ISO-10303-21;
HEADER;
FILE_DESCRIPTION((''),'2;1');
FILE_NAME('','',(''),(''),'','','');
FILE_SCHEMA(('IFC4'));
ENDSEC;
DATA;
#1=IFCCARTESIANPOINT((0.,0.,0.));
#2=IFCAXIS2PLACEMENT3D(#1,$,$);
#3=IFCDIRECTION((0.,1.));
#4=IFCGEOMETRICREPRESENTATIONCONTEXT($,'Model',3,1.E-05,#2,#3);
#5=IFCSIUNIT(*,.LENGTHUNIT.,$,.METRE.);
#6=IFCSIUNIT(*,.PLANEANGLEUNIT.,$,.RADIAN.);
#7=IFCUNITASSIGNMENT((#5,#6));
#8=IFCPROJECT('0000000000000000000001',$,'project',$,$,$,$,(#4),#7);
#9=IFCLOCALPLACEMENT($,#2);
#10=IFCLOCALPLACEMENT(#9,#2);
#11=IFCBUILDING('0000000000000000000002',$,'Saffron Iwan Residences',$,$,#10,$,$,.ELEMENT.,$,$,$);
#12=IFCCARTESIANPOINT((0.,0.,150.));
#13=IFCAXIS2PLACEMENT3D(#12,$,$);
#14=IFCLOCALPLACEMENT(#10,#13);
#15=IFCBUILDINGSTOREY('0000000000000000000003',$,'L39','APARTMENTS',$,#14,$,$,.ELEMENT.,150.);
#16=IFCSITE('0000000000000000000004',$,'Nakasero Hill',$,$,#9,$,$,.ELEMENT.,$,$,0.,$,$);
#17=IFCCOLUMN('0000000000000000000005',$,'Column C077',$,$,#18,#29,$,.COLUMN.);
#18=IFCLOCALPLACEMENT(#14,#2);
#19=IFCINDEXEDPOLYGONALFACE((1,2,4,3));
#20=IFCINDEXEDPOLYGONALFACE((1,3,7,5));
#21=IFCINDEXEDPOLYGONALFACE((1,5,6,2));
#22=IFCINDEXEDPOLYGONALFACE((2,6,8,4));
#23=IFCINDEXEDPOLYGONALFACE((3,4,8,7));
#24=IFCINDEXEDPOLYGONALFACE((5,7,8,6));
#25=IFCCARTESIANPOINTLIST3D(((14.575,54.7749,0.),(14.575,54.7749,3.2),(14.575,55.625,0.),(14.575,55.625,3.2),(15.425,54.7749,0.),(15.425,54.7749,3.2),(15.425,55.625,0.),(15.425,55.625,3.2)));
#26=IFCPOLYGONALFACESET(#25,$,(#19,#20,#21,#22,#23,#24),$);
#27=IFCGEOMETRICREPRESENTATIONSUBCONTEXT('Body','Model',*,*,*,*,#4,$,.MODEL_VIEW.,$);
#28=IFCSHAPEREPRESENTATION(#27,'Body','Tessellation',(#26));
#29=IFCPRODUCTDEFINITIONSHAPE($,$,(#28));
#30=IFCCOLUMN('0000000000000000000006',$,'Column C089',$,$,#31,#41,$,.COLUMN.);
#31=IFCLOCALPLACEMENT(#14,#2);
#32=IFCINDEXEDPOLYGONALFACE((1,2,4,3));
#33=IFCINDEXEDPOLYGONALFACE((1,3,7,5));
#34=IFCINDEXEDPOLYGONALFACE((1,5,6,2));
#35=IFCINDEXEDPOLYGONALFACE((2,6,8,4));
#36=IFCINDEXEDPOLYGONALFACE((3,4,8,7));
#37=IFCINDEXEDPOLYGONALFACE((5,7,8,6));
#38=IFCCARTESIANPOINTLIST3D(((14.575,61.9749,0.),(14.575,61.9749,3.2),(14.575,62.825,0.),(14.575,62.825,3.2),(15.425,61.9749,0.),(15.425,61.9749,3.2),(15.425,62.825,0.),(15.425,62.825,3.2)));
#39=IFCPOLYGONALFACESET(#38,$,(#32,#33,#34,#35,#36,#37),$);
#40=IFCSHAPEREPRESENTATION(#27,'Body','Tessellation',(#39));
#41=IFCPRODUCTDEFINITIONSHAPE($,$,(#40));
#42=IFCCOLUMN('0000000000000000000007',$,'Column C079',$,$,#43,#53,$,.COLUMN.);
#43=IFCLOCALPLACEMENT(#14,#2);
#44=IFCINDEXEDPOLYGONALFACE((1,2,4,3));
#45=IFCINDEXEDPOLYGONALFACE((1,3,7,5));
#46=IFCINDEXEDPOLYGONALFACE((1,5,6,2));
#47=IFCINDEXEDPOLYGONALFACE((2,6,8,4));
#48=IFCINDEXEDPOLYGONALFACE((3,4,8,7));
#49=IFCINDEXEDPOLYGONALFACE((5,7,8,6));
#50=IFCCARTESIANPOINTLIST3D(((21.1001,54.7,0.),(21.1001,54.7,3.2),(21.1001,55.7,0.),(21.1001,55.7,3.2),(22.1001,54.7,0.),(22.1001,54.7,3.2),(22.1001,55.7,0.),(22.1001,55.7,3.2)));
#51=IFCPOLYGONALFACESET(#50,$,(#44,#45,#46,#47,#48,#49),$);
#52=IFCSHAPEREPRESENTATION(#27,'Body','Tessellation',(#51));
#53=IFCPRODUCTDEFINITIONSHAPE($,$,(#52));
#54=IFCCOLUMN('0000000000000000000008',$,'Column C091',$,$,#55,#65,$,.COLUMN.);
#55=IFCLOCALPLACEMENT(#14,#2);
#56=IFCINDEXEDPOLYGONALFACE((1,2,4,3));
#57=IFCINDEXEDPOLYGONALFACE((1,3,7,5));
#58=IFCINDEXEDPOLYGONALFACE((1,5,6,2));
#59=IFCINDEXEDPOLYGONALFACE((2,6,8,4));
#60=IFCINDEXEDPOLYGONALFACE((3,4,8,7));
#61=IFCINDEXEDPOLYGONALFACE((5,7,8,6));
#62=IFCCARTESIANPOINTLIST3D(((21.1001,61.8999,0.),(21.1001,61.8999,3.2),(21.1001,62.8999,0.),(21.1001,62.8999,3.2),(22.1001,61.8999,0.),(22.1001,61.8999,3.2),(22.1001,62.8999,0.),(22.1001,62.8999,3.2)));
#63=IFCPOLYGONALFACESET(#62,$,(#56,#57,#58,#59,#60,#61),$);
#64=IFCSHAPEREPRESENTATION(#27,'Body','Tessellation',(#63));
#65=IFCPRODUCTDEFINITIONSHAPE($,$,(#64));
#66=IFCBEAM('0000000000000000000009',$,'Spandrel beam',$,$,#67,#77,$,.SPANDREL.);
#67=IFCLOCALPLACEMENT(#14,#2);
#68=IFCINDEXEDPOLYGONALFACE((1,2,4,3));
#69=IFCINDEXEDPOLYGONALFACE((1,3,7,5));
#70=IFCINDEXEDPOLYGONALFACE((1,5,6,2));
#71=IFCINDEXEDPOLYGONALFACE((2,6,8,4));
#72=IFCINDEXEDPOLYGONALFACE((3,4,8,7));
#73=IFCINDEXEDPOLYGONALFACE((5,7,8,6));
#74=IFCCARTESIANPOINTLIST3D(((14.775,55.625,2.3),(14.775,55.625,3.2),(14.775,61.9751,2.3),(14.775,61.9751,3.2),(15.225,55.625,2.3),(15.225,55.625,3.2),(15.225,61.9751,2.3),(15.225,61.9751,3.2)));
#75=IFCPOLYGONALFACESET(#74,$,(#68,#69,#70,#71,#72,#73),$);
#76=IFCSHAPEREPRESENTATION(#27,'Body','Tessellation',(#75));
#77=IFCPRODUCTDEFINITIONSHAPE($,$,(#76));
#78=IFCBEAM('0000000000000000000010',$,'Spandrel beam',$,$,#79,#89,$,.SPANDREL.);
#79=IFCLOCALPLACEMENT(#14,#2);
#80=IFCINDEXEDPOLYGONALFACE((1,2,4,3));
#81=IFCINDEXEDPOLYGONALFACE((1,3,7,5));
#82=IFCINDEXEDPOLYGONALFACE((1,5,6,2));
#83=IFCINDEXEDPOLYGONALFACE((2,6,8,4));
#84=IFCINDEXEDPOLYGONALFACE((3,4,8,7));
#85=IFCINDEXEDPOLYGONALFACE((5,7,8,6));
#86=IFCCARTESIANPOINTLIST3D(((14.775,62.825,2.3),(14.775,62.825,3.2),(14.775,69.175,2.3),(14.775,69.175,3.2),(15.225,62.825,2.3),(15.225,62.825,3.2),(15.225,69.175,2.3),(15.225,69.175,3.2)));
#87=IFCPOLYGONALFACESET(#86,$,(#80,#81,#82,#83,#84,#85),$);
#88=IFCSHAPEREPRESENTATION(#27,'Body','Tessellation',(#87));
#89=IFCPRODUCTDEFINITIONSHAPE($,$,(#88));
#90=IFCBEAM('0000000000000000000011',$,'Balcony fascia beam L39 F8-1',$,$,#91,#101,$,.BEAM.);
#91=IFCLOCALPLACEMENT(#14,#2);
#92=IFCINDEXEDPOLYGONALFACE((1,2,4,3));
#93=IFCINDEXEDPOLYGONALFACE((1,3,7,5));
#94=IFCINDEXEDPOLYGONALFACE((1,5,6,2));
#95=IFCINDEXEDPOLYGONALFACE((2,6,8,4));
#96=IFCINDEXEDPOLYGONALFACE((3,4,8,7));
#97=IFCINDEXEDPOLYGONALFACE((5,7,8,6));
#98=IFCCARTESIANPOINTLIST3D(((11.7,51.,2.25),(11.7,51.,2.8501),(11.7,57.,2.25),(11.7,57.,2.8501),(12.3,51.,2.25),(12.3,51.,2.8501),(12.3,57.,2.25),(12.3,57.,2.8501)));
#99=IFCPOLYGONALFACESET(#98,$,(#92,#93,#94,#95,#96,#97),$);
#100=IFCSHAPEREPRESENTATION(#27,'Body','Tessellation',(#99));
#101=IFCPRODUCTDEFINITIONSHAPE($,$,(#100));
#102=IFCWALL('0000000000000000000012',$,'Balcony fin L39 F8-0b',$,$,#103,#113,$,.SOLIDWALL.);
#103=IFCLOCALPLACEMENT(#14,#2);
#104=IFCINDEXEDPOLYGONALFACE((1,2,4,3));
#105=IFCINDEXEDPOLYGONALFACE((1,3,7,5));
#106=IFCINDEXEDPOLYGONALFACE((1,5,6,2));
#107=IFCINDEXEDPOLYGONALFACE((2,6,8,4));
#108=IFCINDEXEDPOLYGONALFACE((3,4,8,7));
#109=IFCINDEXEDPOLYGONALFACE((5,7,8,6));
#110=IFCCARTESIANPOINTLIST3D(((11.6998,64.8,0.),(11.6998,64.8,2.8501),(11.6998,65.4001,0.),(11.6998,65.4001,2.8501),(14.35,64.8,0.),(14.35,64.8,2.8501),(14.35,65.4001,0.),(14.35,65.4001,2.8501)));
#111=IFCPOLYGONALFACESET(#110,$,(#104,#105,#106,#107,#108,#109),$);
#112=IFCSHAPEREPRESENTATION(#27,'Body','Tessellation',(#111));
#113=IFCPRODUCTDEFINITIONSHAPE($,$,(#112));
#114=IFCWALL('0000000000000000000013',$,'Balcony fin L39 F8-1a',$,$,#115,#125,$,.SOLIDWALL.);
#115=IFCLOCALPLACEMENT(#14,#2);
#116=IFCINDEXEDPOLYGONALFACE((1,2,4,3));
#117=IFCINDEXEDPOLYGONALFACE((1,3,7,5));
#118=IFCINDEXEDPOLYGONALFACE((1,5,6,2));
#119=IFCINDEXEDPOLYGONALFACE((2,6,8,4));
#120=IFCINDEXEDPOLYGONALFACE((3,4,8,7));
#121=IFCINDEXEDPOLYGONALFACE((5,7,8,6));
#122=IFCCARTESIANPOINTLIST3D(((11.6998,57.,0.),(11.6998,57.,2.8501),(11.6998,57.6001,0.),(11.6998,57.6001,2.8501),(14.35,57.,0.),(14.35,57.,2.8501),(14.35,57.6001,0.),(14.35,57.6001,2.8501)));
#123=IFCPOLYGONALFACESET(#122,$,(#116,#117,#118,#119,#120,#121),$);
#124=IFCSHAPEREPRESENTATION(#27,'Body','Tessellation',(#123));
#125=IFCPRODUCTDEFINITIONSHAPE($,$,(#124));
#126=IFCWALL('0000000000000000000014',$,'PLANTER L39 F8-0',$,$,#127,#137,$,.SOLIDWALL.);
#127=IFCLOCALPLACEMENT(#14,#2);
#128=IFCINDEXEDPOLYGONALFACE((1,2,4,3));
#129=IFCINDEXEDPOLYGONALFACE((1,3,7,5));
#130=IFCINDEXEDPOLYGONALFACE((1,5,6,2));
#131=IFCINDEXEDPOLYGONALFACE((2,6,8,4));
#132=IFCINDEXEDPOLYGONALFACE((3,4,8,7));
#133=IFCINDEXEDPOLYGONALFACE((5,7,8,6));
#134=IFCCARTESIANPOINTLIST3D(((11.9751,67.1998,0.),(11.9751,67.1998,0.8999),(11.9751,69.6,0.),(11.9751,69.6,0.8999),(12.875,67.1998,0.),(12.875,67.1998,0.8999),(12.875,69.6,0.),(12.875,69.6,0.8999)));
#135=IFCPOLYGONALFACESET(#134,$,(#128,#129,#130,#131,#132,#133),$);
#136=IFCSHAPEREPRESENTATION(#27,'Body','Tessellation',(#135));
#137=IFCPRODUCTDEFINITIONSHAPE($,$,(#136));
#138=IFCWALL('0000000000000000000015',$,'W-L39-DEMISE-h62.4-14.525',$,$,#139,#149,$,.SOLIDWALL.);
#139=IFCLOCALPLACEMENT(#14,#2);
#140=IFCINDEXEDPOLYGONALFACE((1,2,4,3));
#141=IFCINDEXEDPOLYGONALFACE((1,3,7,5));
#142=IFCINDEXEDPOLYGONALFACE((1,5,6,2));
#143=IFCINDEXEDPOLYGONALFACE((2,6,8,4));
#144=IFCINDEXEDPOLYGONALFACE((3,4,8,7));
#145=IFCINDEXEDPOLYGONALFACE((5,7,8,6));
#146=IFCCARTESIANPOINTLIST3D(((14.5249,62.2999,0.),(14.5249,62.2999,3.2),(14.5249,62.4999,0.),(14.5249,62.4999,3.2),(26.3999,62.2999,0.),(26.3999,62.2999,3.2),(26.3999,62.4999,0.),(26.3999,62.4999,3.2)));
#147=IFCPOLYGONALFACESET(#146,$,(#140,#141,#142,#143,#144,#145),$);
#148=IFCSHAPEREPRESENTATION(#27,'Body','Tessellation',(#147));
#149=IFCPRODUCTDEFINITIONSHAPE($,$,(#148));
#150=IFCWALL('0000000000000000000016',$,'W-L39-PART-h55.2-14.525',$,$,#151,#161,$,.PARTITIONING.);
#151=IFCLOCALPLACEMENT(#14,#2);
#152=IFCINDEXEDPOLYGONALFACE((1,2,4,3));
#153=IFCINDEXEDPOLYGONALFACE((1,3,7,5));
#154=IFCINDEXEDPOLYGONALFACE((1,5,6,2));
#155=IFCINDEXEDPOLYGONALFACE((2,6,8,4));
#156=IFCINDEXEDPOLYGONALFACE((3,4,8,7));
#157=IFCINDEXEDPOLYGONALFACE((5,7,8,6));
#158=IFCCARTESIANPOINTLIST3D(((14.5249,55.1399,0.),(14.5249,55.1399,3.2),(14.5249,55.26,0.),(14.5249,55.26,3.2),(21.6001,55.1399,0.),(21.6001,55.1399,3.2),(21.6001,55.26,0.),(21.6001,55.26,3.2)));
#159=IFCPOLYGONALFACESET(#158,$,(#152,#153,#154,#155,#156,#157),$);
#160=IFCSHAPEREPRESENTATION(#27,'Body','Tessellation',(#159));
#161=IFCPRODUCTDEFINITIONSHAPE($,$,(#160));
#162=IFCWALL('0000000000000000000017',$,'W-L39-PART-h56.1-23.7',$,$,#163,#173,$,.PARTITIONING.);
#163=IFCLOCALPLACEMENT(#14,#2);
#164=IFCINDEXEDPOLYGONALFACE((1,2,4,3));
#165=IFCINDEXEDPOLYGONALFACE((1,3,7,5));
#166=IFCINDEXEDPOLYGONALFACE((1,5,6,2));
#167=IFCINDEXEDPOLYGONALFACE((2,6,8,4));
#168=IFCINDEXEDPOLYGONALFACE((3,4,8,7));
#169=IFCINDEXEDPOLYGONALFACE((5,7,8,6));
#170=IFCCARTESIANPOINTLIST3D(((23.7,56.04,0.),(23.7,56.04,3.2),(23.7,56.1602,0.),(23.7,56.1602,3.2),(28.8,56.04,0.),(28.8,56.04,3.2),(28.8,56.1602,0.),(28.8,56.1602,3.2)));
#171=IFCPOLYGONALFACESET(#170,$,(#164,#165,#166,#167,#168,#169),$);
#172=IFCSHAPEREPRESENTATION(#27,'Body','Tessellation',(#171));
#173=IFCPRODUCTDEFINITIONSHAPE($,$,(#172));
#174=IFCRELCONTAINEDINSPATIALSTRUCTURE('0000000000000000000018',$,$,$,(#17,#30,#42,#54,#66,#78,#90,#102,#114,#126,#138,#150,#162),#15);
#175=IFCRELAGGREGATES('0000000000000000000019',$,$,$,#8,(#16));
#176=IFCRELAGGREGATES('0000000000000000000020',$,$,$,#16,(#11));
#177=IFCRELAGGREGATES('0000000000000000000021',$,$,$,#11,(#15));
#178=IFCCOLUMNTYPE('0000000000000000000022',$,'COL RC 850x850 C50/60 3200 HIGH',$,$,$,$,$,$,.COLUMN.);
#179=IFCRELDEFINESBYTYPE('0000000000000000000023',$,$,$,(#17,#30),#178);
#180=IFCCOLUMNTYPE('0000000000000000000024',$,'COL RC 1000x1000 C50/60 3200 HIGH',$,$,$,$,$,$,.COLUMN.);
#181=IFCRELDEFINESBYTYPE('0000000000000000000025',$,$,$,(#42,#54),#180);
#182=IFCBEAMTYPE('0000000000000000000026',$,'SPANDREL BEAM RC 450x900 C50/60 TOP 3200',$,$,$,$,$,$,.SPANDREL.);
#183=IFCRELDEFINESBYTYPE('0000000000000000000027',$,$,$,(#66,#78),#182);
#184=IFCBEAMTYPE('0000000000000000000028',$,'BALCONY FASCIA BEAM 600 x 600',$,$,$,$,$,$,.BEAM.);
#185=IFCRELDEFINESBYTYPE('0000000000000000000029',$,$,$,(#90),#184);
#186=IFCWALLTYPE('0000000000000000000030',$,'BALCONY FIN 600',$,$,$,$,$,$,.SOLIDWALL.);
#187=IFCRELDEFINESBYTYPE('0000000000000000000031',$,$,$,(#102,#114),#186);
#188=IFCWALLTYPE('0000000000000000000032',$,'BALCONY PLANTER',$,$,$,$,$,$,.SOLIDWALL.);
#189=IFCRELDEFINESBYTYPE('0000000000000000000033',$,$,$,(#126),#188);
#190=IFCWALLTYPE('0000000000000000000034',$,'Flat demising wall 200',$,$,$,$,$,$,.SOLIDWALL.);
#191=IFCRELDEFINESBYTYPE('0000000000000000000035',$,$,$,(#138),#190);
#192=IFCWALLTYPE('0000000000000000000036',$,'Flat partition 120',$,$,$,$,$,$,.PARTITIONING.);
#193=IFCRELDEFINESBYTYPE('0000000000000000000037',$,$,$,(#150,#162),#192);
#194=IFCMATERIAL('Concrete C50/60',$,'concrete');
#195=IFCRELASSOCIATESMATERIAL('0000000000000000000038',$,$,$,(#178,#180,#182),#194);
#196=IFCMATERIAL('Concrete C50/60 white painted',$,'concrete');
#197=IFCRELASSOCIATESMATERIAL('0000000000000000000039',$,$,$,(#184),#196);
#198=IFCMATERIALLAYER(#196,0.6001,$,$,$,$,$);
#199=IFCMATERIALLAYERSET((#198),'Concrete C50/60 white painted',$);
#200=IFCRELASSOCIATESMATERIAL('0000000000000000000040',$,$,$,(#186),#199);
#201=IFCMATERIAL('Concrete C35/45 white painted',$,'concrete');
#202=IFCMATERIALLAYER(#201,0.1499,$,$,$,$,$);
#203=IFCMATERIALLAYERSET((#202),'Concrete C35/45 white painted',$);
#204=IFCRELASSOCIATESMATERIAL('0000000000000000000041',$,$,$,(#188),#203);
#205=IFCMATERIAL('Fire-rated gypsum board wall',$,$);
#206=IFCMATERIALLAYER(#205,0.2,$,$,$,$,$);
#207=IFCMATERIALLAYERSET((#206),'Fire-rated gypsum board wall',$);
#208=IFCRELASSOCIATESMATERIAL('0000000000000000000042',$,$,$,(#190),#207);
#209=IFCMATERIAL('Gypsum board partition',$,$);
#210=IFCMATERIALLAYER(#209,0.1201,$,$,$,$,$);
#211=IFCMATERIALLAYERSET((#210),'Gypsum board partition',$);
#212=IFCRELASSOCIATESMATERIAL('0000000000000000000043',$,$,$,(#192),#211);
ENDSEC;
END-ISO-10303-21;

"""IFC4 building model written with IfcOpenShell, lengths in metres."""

from ifc_helpers import new_model, si_unit, direction, frame, frame_2d, origin, origin_2d, place, context, subcontext, project, spatial, rectangle, extrude, source, transform, mapped, material, layer, layer_set, material_profile, profile_set, type_object, element, save


model = new_model("IFC4")

# Units and contexts
model_context = context("Model", 3, precision=1e-05, world=origin(), true_north=direction((0.0, 1.0)))
body_context = subcontext(model_context, "Body", "Model", "MODEL_VIEW")
ifc_project = project(units=[si_unit("LENGTHUNIT", "METRE"), si_unit("PLANEANGLEUNIT", "RADIAN")], contexts=[model_context])

# Site, building, storey
site_placement = place(None, origin())
site = spatial("IfcSite", under=ifc_project, at=site_placement, Name="Nakasero Hill", CompositionType="ELEMENT", RefElevation=0.0)
building_placement = place(site_placement, origin())
building = spatial("IfcBuilding", under=site, at=building_placement, Name="Saffron Iwan Residences", CompositionType="ELEMENT")
storey_placement = place(building_placement, frame((0.0, 0.0, 150.0)))
storey = spatial("IfcBuildingStorey", under=building, at=storey_placement, Name="L39", Description="APARTMENTS", CompositionType="ELEMENT", Elevation=150.0)

# Columns
ifc_material_1 = material(Name="Concrete C50/60", Category="concrete")
ifc_material_profile_1 = material_profile(ifc_material_1, rectangle(XDim=0.8501, YDim=0.8501, at=origin_2d()), Name="RC 850x850")
ifc_profile_set_1 = profile_set([ifc_material_profile_1], Name="Concrete C50/60")
column_type_1 = type_object("IfcColumnType", Name="COL RC 850x850 C50/60 3200 HIGH", PredefinedType="COLUMN", material=ifc_profile_set_1)
shared_shape_1 = source(origin(), body_context, "Body", "SweptSolid", [
    extrude(rectangle(XDim=0.8501, YDim=0.8501, at=origin_2d()), origin(), (0.0, 0.0, 1.0), 3.2),
])
for number, where, z_axis, x_axis, name in (
    (1, (15.0, 55.2, 0.0), (0.0, 0.0, 1.0), (1.0, 0.0, 0.0), "Column C077"),
    (2, (15.0, 62.3999, 0.0), (0.0, 0.0, 1.0), (1.0, 0.0, 0.0), "Column C089"),
):
    element("IfcColumn", number, at=place(storey_placement, frame(where, z_axis=z_axis, x_axis=x_axis)), inside=storey, type_object=column_type_1, Name=name, PredefinedType="COLUMN", context=body_context, shape_type="MappedRepresentation", body=[
        mapped(shared_shape_1, transform((0.0, 0.0, 0.0))),
    ])
ifc_material_profile_2 = material_profile(ifc_material_1, rectangle(XDim=1.0, YDim=1.0, at=origin_2d()), Name="RC 1000x1000")
ifc_profile_set_2 = profile_set([ifc_material_profile_2], Name="Concrete C50/60")
column_type_2 = type_object("IfcColumnType", Name="COL RC 1000x1000 C50/60 3200 HIGH", PredefinedType="COLUMN", material=ifc_profile_set_2)
shared_shape_2 = source(origin(), body_context, "Body", "SweptSolid", [
    extrude(rectangle(XDim=1.0, YDim=1.0, at=origin_2d()), origin(), (0.0, 0.0, 1.0), 3.2),
])
for number, where, z_axis, x_axis, name in (
    (3, (21.6001, 55.2, 0.0), (0.0, 0.0, 1.0), (1.0, 0.0, 0.0), "Column C079"),
    (4, (21.6001, 62.3999, 0.0), (0.0, 0.0, 1.0), (1.0, 0.0, 0.0), "Column C091"),
):
    element("IfcColumn", number, at=place(storey_placement, frame(where, z_axis=z_axis, x_axis=x_axis)), inside=storey, type_object=column_type_2, Name=name, PredefinedType="COLUMN", context=body_context, shape_type="MappedRepresentation", body=[
        mapped(shared_shape_2, transform((0.0, 0.0, 0.0))),
    ])

# Beams
ifc_material_profile_3 = material_profile(ifc_material_1, rectangle(XDim=0.45, YDim=0.8999, at=origin_2d()), Name="RC 450x900")
ifc_profile_set_3 = profile_set([ifc_material_profile_3], Name="Concrete C50/60")
beam_type_1 = type_object("IfcBeamType", Name="SPANDREL BEAM RC 450x900 C50/60 TOP 3200", PredefinedType="SPANDREL", material=ifc_profile_set_3)
shared_shape_3 = source(origin(), body_context, "Body", "SweptSolid", [
    extrude(rectangle(XDim=0.45, YDim=0.8999, at=origin_2d()), origin(), (0.0, 0.0, 1.0), 6.3501),
])
for number, where, z_axis, x_axis, name in (
    (5, (15.0, 55.625, 2.75), (0.0, 1.0, 0.0), (-1.0, 0.0, 0.0), "Spandrel beam"),
    (6, (15.0, 62.825, 2.75), (0.0, 1.0, 0.0), (-1.0, 0.0, 0.0), "Spandrel beam"),
):
    element("IfcBeam", number, at=place(storey_placement, frame(where, z_axis=z_axis, x_axis=x_axis)), inside=storey, type_object=beam_type_1, Name=name, PredefinedType="SPANDREL", context=body_context, shape_type="MappedRepresentation", body=[
        mapped(shared_shape_3, transform((0.0, 0.0, 0.0))),
    ])
ifc_material_2 = material(Name="Concrete C50/60 white painted", Category="concrete")
ifc_material_profile_4 = material_profile(ifc_material_2, rectangle(XDim=0.6001, YDim=0.6001, at=origin_2d()), Name="BALCONY FASCIA BEAM 600 x 600")
ifc_profile_set_4 = profile_set([ifc_material_profile_4], Name="Concrete C50/60 white painted")
beam_type_2 = type_object("IfcBeamType", Name="BALCONY FASCIA BEAM 600 x 600", PredefinedType="BEAM", material=ifc_profile_set_4)
shared_shape_4 = source(origin(), body_context, "Body", "SweptSolid", [
    extrude(rectangle(XDim=0.6001, YDim=0.6001, at=origin_2d()), origin(), (0.0, 0.0, 1.0), 6.0),
])
beam_placement = place(storey_placement, frame((12.0, 57.0, 2.55), z_axis=(0.0, -1.0, 0.0), x_axis=(1.0, 0.0, 0.0)))
element("IfcBeam", 7, at=beam_placement, inside=storey, type_object=beam_type_2, Name="Balcony fascia beam L39 F8-1", PredefinedType="BEAM", context=body_context, shape_type="MappedRepresentation", body=[
    mapped(shared_shape_4, transform((0.0, 0.0, 0.0))),
])

# Walls
ifc_layer_1 = layer(ifc_material_2, 0.6001)
ifc_layer_set_1 = layer_set([ifc_layer_1], Name="Concrete C50/60 white painted")
wall_type_1 = type_object("IfcWallType", Name="BALCONY FIN 600", PredefinedType="SOLIDWALL", material=ifc_layer_set_1)
for number, where, z_axis, x_axis, name in (
    (8, (14.3501, 65.1001, 0.0), (0.0, 0.0, 1.0), (-1.0, 0.0, 0.0), "Balcony fin L39 F8-0b"),
    (9, (14.3501, 57.3, 0.0), (0.0, 0.0, 1.0), (-1.0, 0.0, 0.0), "Balcony fin L39 F8-1a"),
):
    element("IfcWall", number, at=place(storey_placement, frame(where, z_axis=z_axis, x_axis=x_axis)), inside=storey, type_object=wall_type_1, Name=name, PredefinedType="SOLIDWALL", context=body_context, shape_type="SweptSolid", body=[
        extrude(rectangle(XDim=2.6501, YDim=0.6001, at=frame_2d((1.3252, 0.0))), origin(), (0.0, 0.0, 1.0), 2.8501),
    ])
ifc_material_3 = material(Name="Concrete C35/45 white painted", Category="concrete")
ifc_layer_2 = layer(ifc_material_3, 0.1499)
ifc_layer_set_2 = layer_set([ifc_layer_2], Name="Concrete C35/45 white painted")
wall_type_2 = type_object("IfcWallType", Name="BALCONY PLANTER", PredefinedType="SOLIDWALL", material=ifc_layer_set_2)
wall_1_placement = place(storey_placement, frame((12.425, 69.6001, 0.0), z_axis=(0.0, 0.0, 1.0), x_axis=(0.0, -1.0, 0.0)))
element("IfcWall", 10, at=wall_1_placement, inside=storey, type_object=wall_type_2, Name="PLANTER L39 F8-0", PredefinedType="SOLIDWALL", context=body_context, shape_type="SweptSolid", body=[
    extrude(rectangle(XDim=2.4001, YDim=0.8999, at=frame_2d((1.2002, 0.0))), origin(), (0.0, 0.0, 1.0), 0.8999),
])
ifc_material_4 = material(Name="Fire-rated gypsum board wall")
ifc_layer_3 = layer(ifc_material_4, 0.2)
ifc_layer_set_3 = layer_set([ifc_layer_3], Name="Fire-rated gypsum board wall")
wall_type_3 = type_object("IfcWallType", Name="Flat demising wall 200", PredefinedType="SOLIDWALL", material=ifc_layer_set_3)
wall_2_placement = place(storey_placement, frame((14.5249, 62.3999, 0.0), z_axis=(0.0, 0.0, 1.0), x_axis=(1.0, 0.0, 0.0)))
element("IfcWall", 11, at=wall_2_placement, inside=storey, type_object=wall_type_3, Name="W-L39-DEMISE-h62.4-14.525", PredefinedType="SOLIDWALL", context=body_context, shape_type="SweptSolid", body=[
    extrude(rectangle(XDim=11.875, YDim=0.2, at=frame_2d((5.9375, 0.0))), origin(), (0.0, 0.0, 1.0), 3.2),
])
ifc_material_5 = material(Name="Gypsum board partition")
ifc_layer_4 = layer(ifc_material_5, 0.1201)
ifc_layer_set_4 = layer_set([ifc_layer_4], Name="Gypsum board partition")
wall_type_4 = type_object("IfcWallType", Name="Flat partition 120", PredefinedType="PARTITIONING", material=ifc_layer_set_4)
wall_3_placement = place(storey_placement, frame((14.5249, 55.2, 0.0), z_axis=(0.0, 0.0, 1.0), x_axis=(1.0, 0.0, 0.0)))
element("IfcWall", 12, at=wall_3_placement, inside=storey, type_object=wall_type_4, Name="W-L39-PART-h55.2-14.525", PredefinedType="PARTITIONING", context=body_context, shape_type="SweptSolid", body=[
    extrude(rectangle(XDim=7.0752, YDim=0.1201, at=frame_2d((3.5376, 0.0))), origin(), (0.0, 0.0, 1.0), 3.2),
])
wall_4_placement = place(storey_placement, frame((23.7, 56.1001, 0.0), z_axis=(0.0, 0.0, 1.0), x_axis=(1.0, 0.0, 0.0)))
element("IfcWall", 13, at=wall_4_placement, inside=storey, type_object=wall_type_4, Name="W-L39-PART-h56.1-23.7", PredefinedType="PARTITIONING", context=body_context, shape_type="SweptSolid", body=[
    extrude(rectangle(XDim=5.1001, YDim=0.1201, at=frame_2d((2.55, 0.0))), origin(), (0.0, 0.0, 1.0), 3.2),
])

save(model, "model.ifc")
